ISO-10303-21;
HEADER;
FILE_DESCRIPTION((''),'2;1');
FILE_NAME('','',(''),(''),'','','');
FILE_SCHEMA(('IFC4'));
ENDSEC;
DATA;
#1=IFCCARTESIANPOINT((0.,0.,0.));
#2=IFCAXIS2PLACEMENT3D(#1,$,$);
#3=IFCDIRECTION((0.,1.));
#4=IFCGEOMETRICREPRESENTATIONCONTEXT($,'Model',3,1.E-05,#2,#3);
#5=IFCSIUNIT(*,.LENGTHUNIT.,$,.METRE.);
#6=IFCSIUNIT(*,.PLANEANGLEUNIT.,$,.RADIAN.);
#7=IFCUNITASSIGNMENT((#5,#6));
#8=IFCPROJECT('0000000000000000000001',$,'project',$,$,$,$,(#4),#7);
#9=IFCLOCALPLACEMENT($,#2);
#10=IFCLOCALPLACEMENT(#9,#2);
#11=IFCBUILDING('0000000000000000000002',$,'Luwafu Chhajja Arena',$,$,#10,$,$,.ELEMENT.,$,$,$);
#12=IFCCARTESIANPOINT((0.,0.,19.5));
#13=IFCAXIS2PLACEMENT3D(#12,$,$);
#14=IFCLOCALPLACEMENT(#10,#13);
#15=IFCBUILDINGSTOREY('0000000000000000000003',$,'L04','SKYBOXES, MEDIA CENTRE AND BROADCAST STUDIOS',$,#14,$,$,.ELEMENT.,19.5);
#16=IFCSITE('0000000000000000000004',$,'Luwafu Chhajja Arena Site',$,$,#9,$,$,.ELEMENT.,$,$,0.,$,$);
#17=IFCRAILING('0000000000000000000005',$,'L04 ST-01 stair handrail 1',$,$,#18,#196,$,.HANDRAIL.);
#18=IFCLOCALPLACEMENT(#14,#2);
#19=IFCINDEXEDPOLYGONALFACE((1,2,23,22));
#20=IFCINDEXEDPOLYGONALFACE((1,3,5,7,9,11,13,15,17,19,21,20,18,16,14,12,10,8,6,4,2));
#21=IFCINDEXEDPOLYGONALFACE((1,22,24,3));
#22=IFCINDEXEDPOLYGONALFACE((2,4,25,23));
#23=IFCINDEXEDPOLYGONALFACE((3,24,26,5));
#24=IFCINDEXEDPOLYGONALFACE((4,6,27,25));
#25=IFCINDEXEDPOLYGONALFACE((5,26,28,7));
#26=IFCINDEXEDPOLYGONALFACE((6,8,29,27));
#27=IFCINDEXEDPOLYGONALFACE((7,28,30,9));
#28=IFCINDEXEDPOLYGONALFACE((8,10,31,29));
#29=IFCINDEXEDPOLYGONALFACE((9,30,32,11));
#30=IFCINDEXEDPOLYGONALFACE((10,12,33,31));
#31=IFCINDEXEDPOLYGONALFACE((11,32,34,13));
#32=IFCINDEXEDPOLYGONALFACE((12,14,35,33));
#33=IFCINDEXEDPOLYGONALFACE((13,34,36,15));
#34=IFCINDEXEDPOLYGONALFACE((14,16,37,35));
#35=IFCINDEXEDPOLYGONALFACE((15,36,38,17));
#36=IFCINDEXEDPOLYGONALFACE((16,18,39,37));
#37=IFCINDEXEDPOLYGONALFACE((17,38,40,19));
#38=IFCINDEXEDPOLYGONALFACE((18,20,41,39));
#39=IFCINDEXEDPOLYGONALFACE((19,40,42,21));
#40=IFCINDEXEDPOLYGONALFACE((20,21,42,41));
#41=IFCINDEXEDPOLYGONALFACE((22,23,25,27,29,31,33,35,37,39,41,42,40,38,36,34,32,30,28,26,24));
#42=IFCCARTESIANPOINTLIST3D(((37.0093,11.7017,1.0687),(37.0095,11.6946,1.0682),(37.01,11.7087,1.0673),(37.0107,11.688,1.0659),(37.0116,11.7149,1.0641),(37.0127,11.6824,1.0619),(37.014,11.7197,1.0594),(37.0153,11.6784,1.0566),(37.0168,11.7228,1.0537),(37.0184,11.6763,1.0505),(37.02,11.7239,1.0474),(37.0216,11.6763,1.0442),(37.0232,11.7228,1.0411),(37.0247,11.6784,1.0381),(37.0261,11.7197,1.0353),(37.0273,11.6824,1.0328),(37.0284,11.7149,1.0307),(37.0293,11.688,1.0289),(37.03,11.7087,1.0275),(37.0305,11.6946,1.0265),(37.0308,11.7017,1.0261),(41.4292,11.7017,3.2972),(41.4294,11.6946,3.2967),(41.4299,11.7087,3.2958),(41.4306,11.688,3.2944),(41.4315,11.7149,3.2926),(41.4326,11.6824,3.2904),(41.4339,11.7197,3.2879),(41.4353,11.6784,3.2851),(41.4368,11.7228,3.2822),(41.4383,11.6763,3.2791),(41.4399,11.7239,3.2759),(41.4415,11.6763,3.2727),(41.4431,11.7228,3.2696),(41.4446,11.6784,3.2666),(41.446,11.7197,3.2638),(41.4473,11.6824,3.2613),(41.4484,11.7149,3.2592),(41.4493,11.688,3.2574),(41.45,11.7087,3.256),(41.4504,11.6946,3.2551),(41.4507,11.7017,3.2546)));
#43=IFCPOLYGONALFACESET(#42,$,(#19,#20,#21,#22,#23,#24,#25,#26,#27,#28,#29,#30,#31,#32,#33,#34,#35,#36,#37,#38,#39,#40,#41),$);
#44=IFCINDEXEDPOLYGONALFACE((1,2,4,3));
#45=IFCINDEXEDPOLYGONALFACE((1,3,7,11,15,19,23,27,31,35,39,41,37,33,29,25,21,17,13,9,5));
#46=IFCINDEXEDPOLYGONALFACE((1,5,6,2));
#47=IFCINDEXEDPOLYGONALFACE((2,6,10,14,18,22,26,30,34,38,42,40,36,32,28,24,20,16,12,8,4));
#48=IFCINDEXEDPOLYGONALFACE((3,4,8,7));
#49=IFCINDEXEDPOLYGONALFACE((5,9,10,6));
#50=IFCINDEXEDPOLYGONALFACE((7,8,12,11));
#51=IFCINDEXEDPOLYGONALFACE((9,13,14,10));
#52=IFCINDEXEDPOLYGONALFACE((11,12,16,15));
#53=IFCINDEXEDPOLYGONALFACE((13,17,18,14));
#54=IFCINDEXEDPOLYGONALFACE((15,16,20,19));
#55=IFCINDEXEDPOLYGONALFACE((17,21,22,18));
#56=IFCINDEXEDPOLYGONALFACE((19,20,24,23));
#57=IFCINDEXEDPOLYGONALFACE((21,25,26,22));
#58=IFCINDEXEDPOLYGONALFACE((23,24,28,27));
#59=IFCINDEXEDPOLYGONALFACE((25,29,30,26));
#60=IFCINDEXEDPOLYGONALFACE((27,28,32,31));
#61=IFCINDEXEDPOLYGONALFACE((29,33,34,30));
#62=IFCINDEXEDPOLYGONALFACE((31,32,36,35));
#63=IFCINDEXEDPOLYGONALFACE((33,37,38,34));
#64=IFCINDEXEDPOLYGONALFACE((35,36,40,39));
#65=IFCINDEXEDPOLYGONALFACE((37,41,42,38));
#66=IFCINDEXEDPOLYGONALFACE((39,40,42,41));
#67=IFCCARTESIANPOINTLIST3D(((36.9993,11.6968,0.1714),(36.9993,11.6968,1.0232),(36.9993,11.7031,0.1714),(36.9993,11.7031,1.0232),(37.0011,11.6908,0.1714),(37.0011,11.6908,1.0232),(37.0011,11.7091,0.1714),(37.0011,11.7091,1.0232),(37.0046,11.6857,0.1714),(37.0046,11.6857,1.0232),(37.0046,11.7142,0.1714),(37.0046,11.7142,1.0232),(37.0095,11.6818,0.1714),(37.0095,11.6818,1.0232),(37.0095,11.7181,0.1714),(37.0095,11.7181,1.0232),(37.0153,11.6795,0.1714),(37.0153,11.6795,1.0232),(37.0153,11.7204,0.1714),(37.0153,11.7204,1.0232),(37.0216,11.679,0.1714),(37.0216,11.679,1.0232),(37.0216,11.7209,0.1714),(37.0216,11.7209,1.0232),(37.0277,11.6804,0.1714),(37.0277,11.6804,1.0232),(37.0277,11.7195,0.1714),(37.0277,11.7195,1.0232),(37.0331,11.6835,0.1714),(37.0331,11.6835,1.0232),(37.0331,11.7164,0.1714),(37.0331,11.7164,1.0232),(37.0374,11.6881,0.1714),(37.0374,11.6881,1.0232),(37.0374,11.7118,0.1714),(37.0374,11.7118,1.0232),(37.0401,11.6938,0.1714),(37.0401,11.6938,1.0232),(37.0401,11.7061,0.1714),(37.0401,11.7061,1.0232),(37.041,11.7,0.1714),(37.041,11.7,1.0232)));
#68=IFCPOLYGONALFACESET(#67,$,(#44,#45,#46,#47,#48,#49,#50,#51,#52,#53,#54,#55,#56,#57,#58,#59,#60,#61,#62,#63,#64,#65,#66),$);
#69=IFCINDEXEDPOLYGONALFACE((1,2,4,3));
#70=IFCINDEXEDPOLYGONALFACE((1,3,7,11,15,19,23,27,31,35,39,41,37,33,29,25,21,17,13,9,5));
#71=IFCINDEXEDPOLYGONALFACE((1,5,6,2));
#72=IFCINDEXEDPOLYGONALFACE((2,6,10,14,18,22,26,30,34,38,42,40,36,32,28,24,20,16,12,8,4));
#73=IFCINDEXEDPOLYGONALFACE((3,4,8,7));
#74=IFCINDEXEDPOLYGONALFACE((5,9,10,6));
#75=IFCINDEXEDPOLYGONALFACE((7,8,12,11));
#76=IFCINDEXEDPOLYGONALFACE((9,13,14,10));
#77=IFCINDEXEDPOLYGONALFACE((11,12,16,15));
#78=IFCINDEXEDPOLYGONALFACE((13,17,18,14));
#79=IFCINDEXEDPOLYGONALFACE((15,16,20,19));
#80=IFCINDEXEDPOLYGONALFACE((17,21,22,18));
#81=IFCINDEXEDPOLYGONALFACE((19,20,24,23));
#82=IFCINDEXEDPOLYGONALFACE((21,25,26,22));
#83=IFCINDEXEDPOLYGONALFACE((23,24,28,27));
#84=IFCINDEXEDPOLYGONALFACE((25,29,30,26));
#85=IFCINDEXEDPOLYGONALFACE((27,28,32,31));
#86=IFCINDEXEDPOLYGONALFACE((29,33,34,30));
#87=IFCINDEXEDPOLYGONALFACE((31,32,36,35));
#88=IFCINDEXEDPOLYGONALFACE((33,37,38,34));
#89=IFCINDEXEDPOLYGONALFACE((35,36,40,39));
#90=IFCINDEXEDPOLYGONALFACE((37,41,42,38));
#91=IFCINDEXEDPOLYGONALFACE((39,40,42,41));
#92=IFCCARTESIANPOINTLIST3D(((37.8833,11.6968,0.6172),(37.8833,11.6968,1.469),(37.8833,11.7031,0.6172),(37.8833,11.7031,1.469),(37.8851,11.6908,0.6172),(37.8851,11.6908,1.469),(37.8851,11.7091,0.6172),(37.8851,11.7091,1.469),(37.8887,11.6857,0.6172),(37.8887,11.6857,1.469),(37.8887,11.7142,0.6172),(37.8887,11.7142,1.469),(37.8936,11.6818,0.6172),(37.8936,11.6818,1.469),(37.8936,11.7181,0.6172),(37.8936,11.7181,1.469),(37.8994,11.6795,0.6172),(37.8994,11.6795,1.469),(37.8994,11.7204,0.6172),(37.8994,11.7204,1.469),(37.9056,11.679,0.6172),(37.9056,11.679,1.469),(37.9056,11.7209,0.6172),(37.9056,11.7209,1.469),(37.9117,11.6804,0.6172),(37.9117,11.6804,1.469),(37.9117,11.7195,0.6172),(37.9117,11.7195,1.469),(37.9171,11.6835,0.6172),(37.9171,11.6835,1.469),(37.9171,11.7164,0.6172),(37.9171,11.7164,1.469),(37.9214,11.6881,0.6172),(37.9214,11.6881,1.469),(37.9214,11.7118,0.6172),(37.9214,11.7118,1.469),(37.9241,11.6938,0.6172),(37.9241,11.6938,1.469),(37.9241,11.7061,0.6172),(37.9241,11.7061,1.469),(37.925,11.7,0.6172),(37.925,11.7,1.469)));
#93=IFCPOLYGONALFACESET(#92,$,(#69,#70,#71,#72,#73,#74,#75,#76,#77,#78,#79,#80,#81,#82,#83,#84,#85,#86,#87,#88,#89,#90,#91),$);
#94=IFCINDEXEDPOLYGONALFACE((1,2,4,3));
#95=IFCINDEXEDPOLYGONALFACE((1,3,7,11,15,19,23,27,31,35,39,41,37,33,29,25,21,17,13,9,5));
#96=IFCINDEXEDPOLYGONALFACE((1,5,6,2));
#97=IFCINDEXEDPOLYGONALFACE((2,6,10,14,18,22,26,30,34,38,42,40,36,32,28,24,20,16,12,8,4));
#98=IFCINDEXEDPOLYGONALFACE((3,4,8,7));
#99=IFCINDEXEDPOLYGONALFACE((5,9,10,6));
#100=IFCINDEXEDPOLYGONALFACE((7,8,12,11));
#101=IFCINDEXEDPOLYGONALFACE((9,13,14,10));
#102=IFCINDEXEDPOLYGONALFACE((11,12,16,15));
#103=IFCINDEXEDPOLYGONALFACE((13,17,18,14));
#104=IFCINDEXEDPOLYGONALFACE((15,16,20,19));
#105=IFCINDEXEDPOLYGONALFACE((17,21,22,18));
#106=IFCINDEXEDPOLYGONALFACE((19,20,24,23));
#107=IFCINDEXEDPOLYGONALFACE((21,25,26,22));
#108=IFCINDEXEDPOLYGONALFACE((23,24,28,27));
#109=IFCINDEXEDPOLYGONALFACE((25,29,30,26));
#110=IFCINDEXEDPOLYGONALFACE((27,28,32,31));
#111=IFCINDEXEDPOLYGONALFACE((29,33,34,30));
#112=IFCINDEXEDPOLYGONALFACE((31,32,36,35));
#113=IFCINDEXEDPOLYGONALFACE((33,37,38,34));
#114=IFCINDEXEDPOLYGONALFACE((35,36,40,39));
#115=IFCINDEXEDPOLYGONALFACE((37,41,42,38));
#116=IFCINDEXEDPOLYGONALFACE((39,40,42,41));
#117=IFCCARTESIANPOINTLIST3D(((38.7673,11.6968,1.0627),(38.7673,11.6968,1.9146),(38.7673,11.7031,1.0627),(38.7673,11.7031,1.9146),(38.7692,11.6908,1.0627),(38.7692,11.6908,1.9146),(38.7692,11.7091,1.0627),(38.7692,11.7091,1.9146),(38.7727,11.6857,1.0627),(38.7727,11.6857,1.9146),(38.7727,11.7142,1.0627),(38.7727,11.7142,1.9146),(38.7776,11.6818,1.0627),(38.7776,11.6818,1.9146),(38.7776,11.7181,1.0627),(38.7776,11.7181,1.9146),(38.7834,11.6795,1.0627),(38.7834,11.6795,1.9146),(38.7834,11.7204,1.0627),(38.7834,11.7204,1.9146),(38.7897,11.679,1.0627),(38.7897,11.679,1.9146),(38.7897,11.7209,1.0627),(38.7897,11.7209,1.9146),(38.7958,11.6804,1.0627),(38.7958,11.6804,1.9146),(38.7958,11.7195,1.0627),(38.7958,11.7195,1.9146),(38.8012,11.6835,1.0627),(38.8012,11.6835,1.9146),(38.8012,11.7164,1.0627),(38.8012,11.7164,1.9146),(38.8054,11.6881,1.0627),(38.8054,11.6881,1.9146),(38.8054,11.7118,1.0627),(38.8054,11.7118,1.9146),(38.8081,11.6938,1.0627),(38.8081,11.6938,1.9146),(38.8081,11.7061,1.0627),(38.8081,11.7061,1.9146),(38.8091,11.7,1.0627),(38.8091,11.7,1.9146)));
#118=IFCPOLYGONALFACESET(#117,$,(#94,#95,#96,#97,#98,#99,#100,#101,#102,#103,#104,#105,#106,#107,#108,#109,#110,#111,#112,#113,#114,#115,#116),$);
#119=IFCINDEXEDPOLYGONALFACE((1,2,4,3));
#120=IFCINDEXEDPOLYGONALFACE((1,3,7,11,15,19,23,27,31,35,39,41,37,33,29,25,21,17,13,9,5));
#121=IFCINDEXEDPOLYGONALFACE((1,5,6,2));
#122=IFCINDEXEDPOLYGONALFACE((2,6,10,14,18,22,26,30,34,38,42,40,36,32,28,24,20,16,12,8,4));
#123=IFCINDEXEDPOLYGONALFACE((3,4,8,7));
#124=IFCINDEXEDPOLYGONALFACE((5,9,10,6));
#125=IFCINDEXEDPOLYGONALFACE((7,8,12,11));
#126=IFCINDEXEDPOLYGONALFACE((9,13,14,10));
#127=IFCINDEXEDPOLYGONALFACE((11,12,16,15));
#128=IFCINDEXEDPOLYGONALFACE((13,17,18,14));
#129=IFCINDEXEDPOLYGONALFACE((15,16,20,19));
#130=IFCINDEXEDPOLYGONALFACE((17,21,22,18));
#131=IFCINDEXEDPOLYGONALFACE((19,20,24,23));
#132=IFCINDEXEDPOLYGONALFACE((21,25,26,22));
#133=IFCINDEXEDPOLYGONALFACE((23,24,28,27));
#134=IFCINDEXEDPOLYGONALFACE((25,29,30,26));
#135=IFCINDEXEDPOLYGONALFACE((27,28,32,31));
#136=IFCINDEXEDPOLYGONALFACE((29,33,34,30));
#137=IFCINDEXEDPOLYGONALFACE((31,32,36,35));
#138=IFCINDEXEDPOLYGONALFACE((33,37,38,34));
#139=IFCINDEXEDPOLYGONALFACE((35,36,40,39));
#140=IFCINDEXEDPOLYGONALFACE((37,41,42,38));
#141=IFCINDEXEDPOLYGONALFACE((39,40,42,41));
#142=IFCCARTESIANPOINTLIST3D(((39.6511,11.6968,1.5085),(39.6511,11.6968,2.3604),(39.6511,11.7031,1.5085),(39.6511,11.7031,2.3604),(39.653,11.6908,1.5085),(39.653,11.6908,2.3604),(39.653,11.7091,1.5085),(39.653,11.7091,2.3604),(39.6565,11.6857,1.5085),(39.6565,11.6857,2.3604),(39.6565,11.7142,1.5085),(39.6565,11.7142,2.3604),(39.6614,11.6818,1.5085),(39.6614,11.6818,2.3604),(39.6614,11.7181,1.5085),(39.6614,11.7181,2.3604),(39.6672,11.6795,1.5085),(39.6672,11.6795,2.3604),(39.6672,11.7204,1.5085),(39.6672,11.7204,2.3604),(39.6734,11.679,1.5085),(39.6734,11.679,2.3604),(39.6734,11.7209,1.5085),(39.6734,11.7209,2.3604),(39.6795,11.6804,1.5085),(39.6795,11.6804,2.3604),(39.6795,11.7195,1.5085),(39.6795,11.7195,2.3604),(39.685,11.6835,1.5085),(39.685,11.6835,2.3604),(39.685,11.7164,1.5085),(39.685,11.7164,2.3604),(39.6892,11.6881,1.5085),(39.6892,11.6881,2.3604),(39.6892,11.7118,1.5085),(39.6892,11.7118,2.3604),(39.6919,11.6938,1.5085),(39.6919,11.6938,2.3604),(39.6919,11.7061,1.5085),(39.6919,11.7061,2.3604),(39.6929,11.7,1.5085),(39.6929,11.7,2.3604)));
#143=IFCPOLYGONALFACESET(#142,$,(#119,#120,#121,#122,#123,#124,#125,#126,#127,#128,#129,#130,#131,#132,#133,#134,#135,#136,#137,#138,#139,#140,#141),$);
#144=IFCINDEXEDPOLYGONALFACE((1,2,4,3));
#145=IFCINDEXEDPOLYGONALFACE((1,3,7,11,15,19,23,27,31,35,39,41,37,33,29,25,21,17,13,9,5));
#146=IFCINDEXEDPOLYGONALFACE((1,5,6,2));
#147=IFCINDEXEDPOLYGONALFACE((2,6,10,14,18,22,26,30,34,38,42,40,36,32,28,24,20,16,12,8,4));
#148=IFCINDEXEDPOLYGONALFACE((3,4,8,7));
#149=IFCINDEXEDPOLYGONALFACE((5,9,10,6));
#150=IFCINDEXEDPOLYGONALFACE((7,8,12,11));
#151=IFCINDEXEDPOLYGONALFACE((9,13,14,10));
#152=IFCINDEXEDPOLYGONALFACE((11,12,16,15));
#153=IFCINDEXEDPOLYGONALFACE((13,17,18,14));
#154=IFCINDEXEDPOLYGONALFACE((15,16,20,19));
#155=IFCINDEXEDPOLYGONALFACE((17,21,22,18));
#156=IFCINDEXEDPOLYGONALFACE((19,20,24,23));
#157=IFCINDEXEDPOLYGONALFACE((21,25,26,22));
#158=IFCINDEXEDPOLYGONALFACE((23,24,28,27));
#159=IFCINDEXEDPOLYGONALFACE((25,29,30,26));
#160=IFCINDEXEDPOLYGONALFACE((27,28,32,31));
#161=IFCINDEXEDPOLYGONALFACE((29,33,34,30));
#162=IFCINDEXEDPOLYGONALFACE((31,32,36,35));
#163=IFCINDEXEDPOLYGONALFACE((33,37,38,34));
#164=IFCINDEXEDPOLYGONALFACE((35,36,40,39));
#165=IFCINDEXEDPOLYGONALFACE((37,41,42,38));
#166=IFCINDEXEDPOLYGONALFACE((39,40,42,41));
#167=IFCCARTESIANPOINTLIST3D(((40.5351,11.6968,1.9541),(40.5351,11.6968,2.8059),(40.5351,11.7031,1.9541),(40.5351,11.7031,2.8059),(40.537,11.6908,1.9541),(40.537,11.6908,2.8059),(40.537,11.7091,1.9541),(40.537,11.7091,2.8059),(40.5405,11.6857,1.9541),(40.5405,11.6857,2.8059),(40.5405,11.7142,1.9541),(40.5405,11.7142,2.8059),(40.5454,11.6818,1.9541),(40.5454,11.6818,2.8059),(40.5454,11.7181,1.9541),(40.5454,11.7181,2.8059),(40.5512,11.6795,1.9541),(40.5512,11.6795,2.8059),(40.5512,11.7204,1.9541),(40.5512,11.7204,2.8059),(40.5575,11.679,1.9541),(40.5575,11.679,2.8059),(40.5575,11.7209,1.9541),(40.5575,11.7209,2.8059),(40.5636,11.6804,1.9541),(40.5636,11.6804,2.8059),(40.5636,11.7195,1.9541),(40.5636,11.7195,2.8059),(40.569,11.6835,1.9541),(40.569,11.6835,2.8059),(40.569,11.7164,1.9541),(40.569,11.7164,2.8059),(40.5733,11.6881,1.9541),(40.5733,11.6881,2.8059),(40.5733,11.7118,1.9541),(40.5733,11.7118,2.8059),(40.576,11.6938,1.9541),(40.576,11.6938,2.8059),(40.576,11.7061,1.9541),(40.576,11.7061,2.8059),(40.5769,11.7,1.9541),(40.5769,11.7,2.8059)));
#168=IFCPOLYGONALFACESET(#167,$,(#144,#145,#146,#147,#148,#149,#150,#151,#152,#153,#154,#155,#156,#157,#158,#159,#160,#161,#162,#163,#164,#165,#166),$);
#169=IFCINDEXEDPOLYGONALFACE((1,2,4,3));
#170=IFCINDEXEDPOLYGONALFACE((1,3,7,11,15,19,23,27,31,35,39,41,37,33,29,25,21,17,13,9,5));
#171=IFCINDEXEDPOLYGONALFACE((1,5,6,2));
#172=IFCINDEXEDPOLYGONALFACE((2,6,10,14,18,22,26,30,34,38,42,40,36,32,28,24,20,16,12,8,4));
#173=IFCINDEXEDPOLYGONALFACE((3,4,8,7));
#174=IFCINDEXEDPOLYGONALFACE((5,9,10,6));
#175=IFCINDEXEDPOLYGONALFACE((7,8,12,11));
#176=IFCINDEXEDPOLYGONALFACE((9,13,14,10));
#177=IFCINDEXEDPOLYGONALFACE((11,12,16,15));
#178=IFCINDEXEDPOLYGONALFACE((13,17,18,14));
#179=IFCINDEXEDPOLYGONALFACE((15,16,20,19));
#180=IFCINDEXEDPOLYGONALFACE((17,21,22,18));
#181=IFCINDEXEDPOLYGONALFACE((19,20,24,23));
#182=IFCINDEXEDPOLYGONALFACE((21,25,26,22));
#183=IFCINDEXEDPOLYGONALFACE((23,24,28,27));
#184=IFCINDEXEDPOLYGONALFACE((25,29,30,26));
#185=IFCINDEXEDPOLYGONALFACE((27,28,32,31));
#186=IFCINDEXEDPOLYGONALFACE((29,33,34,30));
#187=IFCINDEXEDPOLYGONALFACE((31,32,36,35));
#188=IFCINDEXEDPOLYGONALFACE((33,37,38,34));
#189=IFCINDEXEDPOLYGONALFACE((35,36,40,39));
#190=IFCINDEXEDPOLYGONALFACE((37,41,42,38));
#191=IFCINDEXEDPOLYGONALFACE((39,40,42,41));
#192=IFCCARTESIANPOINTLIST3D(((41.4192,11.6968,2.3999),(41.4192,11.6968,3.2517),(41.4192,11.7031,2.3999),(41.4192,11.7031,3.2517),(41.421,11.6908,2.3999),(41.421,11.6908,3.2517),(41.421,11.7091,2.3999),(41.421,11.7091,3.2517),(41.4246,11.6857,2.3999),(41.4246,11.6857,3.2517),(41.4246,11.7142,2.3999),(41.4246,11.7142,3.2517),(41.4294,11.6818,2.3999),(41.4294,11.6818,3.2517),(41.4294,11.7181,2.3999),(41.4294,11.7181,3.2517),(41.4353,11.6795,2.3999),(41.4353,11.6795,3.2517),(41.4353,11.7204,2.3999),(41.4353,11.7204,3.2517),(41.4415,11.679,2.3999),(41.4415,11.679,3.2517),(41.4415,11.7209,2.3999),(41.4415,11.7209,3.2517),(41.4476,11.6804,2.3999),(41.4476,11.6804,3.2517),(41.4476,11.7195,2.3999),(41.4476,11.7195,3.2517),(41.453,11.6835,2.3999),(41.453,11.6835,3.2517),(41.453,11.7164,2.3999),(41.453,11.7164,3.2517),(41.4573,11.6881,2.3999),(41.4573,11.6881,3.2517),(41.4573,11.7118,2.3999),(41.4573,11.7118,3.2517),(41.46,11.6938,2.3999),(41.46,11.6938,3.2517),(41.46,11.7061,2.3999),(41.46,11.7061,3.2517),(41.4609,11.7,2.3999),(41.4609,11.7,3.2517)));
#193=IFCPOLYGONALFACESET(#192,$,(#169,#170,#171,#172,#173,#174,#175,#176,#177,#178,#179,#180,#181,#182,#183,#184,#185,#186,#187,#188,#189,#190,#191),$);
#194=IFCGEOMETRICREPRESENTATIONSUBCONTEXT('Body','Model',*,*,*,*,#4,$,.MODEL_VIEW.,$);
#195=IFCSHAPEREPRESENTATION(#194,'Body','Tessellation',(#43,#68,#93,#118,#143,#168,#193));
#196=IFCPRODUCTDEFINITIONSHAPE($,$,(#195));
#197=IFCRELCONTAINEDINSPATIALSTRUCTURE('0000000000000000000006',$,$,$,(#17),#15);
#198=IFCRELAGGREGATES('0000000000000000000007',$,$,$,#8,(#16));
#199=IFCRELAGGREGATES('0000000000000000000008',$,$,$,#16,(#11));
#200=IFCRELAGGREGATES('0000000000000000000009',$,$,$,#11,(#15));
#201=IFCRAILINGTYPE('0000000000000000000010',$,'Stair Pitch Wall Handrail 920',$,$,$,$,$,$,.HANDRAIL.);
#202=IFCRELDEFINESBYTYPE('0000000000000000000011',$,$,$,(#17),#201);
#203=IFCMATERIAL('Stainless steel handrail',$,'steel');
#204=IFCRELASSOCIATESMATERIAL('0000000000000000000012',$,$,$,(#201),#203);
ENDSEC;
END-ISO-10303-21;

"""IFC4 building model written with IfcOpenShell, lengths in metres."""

from ifc_helpers import new_model, si_unit, direction, frame, origin, origin_2d, place, context, subcontext, project, spatial, circle, extrude, material, type_object, element, save


model = new_model("IFC4")

# Units and contexts
model_context = context("Model", 3, precision=1e-05, world=origin(), true_north=direction((0.0, 1.0)))
body_context = subcontext(model_context, "Body", "Model", "MODEL_VIEW")
ifc_project = project(units=[si_unit("LENGTHUNIT", "METRE"), si_unit("PLANEANGLEUNIT", "RADIAN")], contexts=[model_context])

# Site, building, storey
site_placement = place(None, origin())
site = spatial("IfcSite", under=ifc_project, at=site_placement, Name="Luwafu Chhajja Arena Site", CompositionType="ELEMENT", RefElevation=0.0)
building_placement = place(site_placement, origin())
building = spatial("IfcBuilding", under=site, at=building_placement, Name="Luwafu Chhajja Arena", CompositionType="ELEMENT")
storey_placement = place(building_placement, frame((0.0, 0.0, 19.5)))
storey = spatial("IfcBuildingStorey", under=building, at=storey_placement, Name="L04", Description="SKYBOXES, MEDIA CENTRE AND BROADCAST STUDIOS", CompositionType="ELEMENT", Elevation=19.5)

# Railing
ifc_material_1 = material(Name="Stainless steel handrail", Category="steel")
railing_type_1 = type_object("IfcRailingType", Name="Stair Pitch Wall Handrail 920", PredefinedType="HANDRAIL", material=ifc_material_1)
railing_1_placement = place(storey_placement, frame((37.02, 11.7, 0.1714)))
element("IfcRailing", 1, at=railing_1_placement, inside=storey, type_object=railing_type_1, Name="L04 ST-01 stair handrail 1", PredefinedType="HANDRAIL", context=body_context, shape_type="SweptSolid", body=[
    extrude(circle(Radius=0.0239, at=origin_2d()), frame((0.0, 0.0, 0.876), z_axis=(0.892923, 0.0, 0.45021), x_axis=(0.0, 1.0, 0.0)), (0.0, 0.0, 1.0), 4.95),
    extrude(circle(Radius=0.021, at=origin_2d()), origin(), (0.0, 0.0, 1.0), 0.8518),
    extrude(circle(Radius=0.021, at=origin_2d()), frame((0.884, 0.0, 0.4458)), (0.0, 0.0, 1.0), 0.8518),
    extrude(circle(Radius=0.021, at=origin_2d()), frame((1.7681, 0.0, 0.8914)), (0.0, 0.0, 1.0), 0.8518),
    extrude(circle(Radius=0.021, at=origin_2d()), frame((2.6519, 0.0, 1.3372)), (0.0, 0.0, 1.0), 0.8518),
    extrude(circle(Radius=0.021, at=origin_2d()), frame((3.5359, 0.0, 1.7827)), (0.0, 0.0, 1.0), 0.8518),
    extrude(circle(Radius=0.021, at=origin_2d()), frame((4.4199, 0.0, 2.2285)), (0.0, 0.0, 1.0), 0.8518),
])

save(model, "model.ifc")
